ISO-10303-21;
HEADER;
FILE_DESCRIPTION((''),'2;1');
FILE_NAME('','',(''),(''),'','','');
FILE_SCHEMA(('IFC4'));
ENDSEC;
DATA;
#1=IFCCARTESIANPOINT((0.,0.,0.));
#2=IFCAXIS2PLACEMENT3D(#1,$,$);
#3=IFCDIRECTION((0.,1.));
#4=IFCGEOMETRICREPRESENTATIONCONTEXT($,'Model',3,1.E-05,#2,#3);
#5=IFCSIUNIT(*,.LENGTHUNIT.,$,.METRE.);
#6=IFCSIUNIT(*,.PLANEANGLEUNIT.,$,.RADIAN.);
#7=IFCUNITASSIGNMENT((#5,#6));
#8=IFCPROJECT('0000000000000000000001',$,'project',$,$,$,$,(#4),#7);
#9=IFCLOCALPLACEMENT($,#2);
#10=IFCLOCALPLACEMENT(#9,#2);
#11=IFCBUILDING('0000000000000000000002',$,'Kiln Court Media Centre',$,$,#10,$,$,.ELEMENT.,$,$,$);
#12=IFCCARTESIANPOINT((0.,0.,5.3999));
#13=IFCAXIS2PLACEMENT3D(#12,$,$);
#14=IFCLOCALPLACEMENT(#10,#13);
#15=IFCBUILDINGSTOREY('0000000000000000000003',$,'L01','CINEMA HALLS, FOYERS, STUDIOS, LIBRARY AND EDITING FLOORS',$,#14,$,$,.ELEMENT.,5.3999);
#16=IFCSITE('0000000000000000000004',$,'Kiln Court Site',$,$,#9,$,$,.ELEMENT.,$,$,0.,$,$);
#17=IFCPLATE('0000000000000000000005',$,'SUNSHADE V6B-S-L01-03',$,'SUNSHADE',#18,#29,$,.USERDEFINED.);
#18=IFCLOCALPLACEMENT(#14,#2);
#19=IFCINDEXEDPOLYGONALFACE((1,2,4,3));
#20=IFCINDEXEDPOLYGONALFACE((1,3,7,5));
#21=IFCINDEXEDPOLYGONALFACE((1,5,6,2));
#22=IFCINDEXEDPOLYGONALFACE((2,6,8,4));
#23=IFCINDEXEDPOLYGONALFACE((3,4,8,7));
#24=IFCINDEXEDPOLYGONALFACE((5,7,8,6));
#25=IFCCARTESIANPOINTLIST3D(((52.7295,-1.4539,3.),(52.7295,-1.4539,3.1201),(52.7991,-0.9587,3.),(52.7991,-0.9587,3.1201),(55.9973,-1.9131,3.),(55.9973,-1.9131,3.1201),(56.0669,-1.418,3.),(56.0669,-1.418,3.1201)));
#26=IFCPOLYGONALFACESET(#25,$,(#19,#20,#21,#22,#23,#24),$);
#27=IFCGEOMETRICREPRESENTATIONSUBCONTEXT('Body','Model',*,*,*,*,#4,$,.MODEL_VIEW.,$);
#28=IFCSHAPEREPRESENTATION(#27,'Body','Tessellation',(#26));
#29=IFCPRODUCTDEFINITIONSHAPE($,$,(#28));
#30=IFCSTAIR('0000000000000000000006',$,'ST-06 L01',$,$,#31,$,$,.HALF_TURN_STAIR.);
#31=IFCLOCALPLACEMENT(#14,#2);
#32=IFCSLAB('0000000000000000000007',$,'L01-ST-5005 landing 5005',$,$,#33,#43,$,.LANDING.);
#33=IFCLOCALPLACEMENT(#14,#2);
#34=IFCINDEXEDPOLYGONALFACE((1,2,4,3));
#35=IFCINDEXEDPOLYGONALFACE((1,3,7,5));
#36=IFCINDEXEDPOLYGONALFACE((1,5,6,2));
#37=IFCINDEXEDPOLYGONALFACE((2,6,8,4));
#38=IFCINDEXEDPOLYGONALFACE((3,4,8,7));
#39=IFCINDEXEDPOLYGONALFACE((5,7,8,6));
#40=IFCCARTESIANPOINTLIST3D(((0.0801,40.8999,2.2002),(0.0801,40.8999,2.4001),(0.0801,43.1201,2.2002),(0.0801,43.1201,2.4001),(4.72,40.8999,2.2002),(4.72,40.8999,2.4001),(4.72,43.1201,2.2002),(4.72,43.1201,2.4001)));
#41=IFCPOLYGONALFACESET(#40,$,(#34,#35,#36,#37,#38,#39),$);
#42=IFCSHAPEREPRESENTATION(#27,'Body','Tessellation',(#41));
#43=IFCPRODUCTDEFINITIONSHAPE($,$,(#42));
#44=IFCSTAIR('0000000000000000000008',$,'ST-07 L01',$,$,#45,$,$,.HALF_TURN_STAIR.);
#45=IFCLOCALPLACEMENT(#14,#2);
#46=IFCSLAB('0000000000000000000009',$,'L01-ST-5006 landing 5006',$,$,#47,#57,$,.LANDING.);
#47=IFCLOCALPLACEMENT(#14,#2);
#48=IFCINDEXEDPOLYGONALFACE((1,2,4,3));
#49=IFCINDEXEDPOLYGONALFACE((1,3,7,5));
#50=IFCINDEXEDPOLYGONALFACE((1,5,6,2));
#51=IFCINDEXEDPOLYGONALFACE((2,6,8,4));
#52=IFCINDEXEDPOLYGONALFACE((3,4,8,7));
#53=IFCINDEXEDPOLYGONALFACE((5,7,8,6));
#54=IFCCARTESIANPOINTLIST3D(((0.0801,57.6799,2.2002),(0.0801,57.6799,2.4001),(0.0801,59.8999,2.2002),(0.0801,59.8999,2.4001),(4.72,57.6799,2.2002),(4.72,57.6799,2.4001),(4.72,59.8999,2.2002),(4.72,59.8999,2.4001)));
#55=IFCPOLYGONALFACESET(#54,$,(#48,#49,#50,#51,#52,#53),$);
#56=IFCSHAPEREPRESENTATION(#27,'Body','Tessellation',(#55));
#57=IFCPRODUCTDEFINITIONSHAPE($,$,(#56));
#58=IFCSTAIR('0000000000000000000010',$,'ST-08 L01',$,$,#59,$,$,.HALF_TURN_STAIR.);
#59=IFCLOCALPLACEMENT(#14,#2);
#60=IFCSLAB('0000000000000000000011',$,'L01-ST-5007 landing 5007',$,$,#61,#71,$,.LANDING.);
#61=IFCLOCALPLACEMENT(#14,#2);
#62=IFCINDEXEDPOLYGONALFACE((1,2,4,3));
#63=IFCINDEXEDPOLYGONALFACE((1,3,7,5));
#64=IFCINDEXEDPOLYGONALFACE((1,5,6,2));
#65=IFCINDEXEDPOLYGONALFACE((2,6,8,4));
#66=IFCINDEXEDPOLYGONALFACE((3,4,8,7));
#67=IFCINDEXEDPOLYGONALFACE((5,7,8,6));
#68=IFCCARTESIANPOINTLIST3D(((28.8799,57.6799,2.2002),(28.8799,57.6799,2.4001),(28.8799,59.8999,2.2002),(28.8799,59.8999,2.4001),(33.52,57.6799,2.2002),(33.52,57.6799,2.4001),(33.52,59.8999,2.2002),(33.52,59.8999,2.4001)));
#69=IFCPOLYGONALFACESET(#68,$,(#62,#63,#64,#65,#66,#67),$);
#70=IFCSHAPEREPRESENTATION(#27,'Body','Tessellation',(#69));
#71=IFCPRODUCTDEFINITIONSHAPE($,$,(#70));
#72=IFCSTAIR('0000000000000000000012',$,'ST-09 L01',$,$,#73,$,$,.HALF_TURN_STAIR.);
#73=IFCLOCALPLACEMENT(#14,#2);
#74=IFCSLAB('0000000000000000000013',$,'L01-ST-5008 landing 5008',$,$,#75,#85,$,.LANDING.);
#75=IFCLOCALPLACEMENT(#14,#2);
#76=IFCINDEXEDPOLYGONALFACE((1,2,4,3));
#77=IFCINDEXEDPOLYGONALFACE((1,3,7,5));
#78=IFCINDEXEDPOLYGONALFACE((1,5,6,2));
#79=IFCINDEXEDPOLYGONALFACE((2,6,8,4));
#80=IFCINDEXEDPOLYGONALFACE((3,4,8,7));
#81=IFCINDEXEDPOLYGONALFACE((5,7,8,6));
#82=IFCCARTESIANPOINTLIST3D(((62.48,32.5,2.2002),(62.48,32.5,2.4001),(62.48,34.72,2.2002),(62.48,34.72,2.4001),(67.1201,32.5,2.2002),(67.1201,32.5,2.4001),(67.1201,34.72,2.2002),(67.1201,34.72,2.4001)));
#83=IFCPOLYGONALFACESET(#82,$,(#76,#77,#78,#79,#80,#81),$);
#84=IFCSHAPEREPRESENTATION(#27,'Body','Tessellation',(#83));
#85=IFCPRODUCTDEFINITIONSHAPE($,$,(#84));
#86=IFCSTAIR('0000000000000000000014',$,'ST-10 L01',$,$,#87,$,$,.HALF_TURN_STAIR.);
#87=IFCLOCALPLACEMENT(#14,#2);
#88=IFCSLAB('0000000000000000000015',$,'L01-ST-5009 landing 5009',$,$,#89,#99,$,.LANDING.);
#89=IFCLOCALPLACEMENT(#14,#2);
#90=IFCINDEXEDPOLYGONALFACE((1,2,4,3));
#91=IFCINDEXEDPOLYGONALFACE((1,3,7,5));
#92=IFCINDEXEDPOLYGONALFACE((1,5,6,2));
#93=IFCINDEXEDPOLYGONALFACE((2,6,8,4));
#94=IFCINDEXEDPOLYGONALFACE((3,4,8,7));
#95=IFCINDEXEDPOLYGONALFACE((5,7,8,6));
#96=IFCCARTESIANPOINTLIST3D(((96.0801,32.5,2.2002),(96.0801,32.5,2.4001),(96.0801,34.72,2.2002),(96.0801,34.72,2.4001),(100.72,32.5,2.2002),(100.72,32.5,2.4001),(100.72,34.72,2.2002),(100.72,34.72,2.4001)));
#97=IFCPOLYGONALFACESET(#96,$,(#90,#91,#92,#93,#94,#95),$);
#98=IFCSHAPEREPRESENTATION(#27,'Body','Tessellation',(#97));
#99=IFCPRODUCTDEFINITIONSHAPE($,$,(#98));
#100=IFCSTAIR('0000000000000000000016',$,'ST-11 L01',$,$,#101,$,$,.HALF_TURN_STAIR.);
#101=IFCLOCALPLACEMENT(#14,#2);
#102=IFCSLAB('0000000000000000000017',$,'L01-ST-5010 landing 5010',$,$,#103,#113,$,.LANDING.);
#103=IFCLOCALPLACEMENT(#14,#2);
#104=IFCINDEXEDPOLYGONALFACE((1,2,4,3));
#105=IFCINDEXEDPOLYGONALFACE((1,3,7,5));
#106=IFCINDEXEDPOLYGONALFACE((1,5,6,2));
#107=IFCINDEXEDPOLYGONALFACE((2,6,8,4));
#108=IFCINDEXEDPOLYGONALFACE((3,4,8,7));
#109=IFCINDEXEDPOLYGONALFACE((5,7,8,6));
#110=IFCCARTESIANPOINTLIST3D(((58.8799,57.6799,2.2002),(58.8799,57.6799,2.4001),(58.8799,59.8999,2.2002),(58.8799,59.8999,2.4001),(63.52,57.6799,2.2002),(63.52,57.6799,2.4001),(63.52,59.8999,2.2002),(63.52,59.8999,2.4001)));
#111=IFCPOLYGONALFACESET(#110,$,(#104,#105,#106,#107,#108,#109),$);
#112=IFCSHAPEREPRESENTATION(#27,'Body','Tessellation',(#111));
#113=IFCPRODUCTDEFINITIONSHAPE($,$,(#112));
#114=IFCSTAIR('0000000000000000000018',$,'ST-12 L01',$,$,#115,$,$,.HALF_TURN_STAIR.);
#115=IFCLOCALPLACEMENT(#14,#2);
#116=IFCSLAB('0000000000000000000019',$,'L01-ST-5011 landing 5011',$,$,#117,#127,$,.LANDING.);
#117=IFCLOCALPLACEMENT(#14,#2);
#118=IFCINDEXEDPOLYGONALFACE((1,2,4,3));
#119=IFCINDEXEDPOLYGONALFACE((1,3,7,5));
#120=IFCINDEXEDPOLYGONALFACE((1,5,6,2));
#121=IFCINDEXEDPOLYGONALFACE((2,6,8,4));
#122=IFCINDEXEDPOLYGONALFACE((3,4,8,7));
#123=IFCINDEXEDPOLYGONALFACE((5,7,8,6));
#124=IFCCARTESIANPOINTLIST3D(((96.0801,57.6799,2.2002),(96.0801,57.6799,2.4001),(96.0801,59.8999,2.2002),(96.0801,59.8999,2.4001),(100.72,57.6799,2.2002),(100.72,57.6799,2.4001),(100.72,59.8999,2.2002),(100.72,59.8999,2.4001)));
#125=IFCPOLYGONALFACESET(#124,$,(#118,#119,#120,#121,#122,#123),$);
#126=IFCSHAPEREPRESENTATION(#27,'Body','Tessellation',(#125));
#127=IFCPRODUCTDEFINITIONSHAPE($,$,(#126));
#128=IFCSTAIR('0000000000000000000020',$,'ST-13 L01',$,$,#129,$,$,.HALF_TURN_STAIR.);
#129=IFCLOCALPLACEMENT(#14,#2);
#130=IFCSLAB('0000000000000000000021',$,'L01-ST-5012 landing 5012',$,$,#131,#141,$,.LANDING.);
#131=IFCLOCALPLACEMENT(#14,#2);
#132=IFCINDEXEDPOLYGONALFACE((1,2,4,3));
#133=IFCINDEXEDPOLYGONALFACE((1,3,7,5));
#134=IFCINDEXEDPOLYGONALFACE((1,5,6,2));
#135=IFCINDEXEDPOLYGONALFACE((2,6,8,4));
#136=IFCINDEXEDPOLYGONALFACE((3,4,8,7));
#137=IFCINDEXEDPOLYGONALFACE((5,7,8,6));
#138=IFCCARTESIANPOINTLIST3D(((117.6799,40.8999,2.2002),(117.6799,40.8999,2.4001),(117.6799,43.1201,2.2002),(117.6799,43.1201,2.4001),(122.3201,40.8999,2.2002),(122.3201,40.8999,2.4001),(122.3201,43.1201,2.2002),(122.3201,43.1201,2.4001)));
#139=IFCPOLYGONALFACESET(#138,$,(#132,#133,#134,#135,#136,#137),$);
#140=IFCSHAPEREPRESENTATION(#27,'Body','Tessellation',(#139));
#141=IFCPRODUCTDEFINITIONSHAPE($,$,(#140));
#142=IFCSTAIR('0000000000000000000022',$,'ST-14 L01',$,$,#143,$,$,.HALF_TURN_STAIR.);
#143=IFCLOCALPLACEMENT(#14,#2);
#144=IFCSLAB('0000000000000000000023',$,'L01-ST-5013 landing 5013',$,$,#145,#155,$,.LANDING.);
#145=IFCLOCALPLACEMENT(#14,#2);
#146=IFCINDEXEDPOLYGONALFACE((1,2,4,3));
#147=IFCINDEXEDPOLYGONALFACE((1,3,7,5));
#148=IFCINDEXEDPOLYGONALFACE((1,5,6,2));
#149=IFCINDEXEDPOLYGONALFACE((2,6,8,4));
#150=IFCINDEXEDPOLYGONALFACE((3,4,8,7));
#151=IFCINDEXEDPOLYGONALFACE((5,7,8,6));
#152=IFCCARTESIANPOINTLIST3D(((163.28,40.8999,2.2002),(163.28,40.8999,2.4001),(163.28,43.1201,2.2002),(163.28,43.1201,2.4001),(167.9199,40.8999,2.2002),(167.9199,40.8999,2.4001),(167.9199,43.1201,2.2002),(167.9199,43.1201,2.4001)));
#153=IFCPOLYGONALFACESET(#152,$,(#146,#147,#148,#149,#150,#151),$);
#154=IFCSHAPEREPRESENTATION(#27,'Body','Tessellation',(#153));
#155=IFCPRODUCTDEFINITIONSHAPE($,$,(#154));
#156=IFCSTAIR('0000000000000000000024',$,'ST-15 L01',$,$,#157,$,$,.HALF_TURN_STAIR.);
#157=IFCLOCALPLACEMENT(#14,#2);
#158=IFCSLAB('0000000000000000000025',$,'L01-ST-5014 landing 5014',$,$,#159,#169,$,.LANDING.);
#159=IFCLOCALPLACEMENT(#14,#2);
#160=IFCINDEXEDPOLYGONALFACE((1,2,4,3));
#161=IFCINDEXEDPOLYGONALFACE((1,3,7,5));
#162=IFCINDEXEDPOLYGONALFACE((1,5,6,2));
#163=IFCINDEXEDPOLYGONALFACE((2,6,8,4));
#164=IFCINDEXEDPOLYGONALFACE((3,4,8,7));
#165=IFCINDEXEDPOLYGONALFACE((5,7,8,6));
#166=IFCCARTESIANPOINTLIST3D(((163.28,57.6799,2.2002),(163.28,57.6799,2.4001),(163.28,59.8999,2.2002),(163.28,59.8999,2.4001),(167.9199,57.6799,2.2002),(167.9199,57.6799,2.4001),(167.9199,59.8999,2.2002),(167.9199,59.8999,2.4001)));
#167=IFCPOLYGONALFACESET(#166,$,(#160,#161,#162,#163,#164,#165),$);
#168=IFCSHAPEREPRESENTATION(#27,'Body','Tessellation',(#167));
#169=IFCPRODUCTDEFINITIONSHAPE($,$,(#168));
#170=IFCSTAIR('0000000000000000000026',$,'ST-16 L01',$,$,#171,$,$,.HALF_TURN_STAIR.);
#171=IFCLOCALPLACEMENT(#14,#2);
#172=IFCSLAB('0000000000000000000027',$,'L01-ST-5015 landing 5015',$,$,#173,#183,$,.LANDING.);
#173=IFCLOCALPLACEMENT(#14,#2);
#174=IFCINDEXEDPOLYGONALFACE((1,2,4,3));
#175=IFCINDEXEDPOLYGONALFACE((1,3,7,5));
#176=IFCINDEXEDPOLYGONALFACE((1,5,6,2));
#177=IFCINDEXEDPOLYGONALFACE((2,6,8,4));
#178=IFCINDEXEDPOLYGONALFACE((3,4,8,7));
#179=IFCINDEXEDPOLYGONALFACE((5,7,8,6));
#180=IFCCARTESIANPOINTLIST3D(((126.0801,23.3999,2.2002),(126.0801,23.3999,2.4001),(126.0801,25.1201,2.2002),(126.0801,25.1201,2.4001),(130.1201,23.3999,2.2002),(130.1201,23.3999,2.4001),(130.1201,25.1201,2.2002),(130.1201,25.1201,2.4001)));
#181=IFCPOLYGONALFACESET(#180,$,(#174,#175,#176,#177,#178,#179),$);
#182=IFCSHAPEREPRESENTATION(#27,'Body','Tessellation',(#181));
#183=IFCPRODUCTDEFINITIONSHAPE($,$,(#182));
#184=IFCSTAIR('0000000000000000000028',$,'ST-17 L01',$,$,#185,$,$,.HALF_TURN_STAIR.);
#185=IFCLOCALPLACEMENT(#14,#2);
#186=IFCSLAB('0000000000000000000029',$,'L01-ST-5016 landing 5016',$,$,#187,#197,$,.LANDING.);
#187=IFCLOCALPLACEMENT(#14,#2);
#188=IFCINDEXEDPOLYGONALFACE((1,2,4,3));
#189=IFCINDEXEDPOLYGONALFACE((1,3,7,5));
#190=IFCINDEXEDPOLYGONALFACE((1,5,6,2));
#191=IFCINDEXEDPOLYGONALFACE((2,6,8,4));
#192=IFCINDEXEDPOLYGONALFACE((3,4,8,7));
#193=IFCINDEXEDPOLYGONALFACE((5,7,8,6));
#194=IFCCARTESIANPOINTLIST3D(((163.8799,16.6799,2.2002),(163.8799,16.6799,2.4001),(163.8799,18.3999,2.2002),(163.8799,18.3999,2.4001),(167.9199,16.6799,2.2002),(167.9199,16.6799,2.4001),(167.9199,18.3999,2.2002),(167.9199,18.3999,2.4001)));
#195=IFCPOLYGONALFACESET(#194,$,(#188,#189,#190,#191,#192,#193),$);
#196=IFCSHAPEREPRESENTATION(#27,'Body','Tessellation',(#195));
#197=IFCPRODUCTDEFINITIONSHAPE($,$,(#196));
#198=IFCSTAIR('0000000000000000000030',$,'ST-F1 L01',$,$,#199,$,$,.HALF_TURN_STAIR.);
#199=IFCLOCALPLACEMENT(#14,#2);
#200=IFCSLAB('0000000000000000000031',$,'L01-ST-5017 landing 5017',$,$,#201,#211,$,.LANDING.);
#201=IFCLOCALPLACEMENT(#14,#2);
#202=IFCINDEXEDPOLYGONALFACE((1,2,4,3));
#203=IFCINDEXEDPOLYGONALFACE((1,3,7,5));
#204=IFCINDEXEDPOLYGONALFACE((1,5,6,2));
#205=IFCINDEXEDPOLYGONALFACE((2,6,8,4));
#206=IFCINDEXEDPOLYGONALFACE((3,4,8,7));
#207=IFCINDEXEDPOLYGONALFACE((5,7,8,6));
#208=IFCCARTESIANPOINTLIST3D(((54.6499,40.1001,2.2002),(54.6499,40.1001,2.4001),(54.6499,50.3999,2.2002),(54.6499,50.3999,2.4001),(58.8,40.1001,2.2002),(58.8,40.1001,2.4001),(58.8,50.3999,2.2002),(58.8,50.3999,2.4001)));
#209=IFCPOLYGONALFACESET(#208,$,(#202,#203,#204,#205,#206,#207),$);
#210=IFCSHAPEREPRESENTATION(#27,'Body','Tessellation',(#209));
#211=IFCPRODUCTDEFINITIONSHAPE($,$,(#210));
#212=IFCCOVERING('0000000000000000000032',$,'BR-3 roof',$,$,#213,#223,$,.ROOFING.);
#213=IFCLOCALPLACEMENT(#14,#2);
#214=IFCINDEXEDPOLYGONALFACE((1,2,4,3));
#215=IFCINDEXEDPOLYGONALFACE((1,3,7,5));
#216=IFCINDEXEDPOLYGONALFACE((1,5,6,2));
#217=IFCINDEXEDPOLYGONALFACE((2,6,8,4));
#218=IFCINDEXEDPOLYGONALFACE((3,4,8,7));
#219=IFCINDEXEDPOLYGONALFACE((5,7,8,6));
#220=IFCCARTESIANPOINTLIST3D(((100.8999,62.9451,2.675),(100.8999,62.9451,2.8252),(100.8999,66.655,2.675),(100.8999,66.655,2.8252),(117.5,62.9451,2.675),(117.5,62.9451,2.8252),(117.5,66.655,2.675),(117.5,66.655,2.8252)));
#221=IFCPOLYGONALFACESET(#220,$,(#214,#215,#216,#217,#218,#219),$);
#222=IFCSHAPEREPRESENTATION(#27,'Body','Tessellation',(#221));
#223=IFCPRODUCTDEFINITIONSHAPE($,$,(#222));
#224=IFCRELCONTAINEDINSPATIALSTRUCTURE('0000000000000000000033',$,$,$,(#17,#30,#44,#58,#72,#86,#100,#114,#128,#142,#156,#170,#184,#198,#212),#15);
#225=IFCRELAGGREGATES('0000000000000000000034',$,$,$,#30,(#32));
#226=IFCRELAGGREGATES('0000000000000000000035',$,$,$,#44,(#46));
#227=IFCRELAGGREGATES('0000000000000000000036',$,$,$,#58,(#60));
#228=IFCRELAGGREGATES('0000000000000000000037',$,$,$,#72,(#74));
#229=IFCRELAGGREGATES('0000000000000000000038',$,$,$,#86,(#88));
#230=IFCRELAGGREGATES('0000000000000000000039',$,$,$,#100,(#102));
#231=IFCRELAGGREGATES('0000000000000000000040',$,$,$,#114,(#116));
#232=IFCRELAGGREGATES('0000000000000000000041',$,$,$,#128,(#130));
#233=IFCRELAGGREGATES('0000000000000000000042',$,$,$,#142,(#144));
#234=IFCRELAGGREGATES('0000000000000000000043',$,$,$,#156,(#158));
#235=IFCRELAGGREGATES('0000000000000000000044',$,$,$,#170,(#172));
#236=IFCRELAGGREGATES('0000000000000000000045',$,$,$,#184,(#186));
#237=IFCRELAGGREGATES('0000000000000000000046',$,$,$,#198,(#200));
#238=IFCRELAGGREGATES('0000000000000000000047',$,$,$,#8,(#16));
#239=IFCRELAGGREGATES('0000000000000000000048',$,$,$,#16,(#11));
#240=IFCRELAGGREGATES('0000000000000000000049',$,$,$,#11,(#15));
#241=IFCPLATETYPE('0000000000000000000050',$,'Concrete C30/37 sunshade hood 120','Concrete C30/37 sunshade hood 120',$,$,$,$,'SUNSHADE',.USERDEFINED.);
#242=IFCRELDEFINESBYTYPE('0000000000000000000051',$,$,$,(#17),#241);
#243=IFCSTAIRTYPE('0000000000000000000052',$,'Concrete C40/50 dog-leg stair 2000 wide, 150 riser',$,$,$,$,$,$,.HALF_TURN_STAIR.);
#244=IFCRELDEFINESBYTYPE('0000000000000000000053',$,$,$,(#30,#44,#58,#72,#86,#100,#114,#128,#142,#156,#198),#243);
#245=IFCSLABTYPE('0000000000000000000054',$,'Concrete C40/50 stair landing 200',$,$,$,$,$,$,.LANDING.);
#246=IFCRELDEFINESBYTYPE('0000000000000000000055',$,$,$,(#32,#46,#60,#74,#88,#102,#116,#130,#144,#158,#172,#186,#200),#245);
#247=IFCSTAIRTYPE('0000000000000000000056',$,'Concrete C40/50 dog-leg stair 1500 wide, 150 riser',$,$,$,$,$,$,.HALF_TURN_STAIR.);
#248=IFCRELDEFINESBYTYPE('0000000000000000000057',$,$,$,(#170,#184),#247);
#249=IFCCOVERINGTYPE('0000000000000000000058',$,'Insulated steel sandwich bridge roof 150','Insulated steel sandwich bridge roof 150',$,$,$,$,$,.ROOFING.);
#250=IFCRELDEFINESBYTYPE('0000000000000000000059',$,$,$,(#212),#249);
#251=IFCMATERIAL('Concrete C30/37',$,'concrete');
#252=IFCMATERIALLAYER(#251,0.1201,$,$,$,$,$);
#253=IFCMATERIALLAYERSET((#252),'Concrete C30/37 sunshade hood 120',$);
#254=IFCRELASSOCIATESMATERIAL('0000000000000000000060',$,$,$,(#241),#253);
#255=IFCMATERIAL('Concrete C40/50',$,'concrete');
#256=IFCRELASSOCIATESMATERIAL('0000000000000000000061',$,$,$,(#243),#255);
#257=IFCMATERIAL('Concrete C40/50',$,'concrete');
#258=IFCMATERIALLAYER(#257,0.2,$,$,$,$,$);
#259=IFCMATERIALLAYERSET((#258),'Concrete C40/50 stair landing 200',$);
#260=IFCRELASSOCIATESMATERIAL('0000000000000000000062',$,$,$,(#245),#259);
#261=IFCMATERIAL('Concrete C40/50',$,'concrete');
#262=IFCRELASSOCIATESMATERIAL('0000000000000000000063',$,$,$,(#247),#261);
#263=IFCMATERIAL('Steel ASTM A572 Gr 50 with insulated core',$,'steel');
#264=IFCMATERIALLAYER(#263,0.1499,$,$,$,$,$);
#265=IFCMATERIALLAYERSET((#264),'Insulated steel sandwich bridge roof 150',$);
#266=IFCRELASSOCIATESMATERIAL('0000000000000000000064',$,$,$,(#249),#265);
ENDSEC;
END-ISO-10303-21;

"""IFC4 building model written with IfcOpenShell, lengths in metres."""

from ifc_helpers import new_model, si_unit, direction, frame, origin, place, context, subcontext, project, spatial, polyline, outline, extrude, material, layer, layer_set, type_object, element, aggregate, save


model = new_model("IFC4")

# Units and contexts
model_context = context("Model", 3, precision=1e-05, world=origin(), true_north=direction((0.0, 1.0)))
body_context = subcontext(model_context, "Body", "Model", "MODEL_VIEW")
ifc_project = project(units=[si_unit("LENGTHUNIT", "METRE"), si_unit("PLANEANGLEUNIT", "RADIAN")], contexts=[model_context])

# Site, building, storey
site_placement = place(None, origin())
site = spatial("IfcSite", under=ifc_project, at=site_placement, Name="Kiln Court Site", CompositionType="ELEMENT", RefElevation=0.0)
building_placement = place(site_placement, origin())
building = spatial("IfcBuilding", under=site, at=building_placement, Name="Kiln Court Media Centre", CompositionType="ELEMENT")
storey_placement = place(building_placement, frame((0.0, 0.0, 5.3999)))
storey = spatial("IfcBuildingStorey", under=building, at=storey_placement, Name="L01", Description="CINEMA HALLS, FOYERS, STUDIOS, LIBRARY AND EDITING FLOORS", CompositionType="ELEMENT", Elevation=5.3999)

# Plate
ifc_material_1 = material(Name="Concrete C30/37", Category="concrete")
ifc_layer_1 = layer(ifc_material_1, 0.1201)
ifc_layer_set_1 = layer_set([ifc_layer_1], Name="Concrete C30/37 sunshade hood 120")
plate_type = type_object("IfcPlateType", Name="Concrete C30/37 sunshade hood 120", Description="Concrete C30/37 sunshade hood 120", ElementType="SUNSHADE", PredefinedType="USERDEFINED", material=ifc_layer_set_1)
plate_1_placement = place(storey_placement, frame((0.0, 0.0, 3.0)))
element("IfcPlate", 1, at=plate_1_placement, inside=storey, type_object=plate_type, Name="SUNSHADE V6B-S-L01-03", ObjectType="SUNSHADE", PredefinedType="USERDEFINED", context=body_context, shape_type="SweptSolid", body=[
    extrude(outline(polyline([(52.7991, -0.9587), (56.0669, -1.418), (55.9973, -1.9131), (52.7295, -1.4539), (52.7991, -0.9587)])), origin(), (0.0, 0.0, 1.0), 0.1201),
])

# Stairs, slabs
ifc_material_2 = material(Name="Concrete C40/50", Category="concrete")
stair_type_1 = type_object("IfcStairType", Name="Concrete C40/50 dog-leg stair 2000 wide, 150 riser", PredefinedType="HALF_TURN_STAIR", material=ifc_material_2)
stair_1_placement = place(storey_placement, origin())
stair_1 = element("IfcStair", 2, at=stair_1_placement, inside=storey, type_object=stair_type_1, Name="ST-06 L01", PredefinedType="HALF_TURN_STAIR")
ifc_material_3 = material(Name="Concrete C40/50", Category="concrete")
ifc_layer_2 = layer(ifc_material_3, 0.2)
ifc_layer_set_2 = layer_set([ifc_layer_2], Name="Concrete C40/50 stair landing 200")
slab_type_1 = type_object("IfcSlabType", Name="Concrete C40/50 stair landing 200", PredefinedType="LANDING", material=ifc_layer_set_2)
slab_1_placement = place(storey_placement, frame((0.0, 0.0, 2.2002)))
slab_1 = element("IfcSlab", 3, at=slab_1_placement, type_object=slab_type_1, Name="L01-ST-5005 landing 5005", PredefinedType="LANDING", context=body_context, shape_type="SweptSolid", body=[
    extrude(outline(polyline([(4.72, 40.8999), (4.72, 43.1201), (0.0801, 43.1201), (0.0801, 40.8999), (4.72, 40.8999)])), origin(), (0.0, 0.0, 1.0), 0.2),
])
aggregate(stair_1, [slab_1])
stair_2_placement = place(storey_placement, origin())
stair_2 = element("IfcStair", 4, at=stair_2_placement, inside=storey, type_object=stair_type_1, Name="ST-07 L01", PredefinedType="HALF_TURN_STAIR")
slab_2_placement = place(storey_placement, frame((0.0, 0.0, 2.2002)))
slab_2 = element("IfcSlab", 5, at=slab_2_placement, type_object=slab_type_1, Name="L01-ST-5006 landing 5006", PredefinedType="LANDING", context=body_context, shape_type="SweptSolid", body=[
    extrude(outline(polyline([(0.0801, 59.8999), (0.0801, 57.6799), (4.72, 57.6799), (4.72, 59.8999), (0.0801, 59.8999)])), origin(), (0.0, 0.0, 1.0), 0.2),
])
aggregate(stair_2, [slab_2])
stair_3_placement = place(storey_placement, origin())
stair_3 = element("IfcStair", 6, at=stair_3_placement, inside=storey, type_object=stair_type_1, Name="ST-08 L01", PredefinedType="HALF_TURN_STAIR")
slab_3_placement = place(storey_placement, frame((0.0, 0.0, 2.2002)))
slab_3 = element("IfcSlab", 7, at=slab_3_placement, type_object=slab_type_1, Name="L01-ST-5007 landing 5007", PredefinedType="LANDING", context=body_context, shape_type="SweptSolid", body=[
    extrude(outline(polyline([(28.8799, 59.8999), (28.8799, 57.6799), (33.52, 57.6799), (33.52, 59.8999), (28.8799, 59.8999)])), origin(), (0.0, 0.0, 1.0), 0.2),
])
aggregate(stair_3, [slab_3])
stair_4_placement = place(storey_placement, origin())
stair_4 = element("IfcStair", 8, at=stair_4_placement, inside=storey, type_object=stair_type_1, Name="ST-09 L01", PredefinedType="HALF_TURN_STAIR")
slab_4_placement = place(storey_placement, frame((0.0, 0.0, 2.2002)))
slab_4 = element("IfcSlab", 9, at=slab_4_placement, type_object=slab_type_1, Name="L01-ST-5008 landing 5008", PredefinedType="LANDING", context=body_context, shape_type="SweptSolid", body=[
    extrude(outline(polyline([(67.1201, 32.5), (67.1201, 34.72), (62.48, 34.72), (62.48, 32.5), (67.1201, 32.5)])), origin(), (0.0, 0.0, 1.0), 0.2),
])
aggregate(stair_4, [slab_4])
stair_5_placement = place(storey_placement, origin())
stair_5 = element("IfcStair", 10, at=stair_5_placement, inside=storey, type_object=stair_type_1, Name="ST-10 L01", PredefinedType="HALF_TURN_STAIR")
slab_5_placement = place(storey_placement, frame((0.0, 0.0, 2.2002)))
slab_5 = element("IfcSlab", 11, at=slab_5_placement, type_object=slab_type_1, Name="L01-ST-5009 landing 5009", PredefinedType="LANDING", context=body_context, shape_type="SweptSolid", body=[
    extrude(outline(polyline([(100.72, 32.5), (100.72, 34.72), (96.0801, 34.72), (96.0801, 32.5), (100.72, 32.5)])), origin(), (0.0, 0.0, 1.0), 0.2),
])
aggregate(stair_5, [slab_5])
stair_6_placement = place(storey_placement, origin())
stair_6 = element("IfcStair", 12, at=stair_6_placement, inside=storey, type_object=stair_type_1, Name="ST-11 L01", PredefinedType="HALF_TURN_STAIR")
slab_6_placement = place(storey_placement, frame((0.0, 0.0, 2.2002)))
slab_6 = element("IfcSlab", 13, at=slab_6_placement, type_object=slab_type_1, Name="L01-ST-5010 landing 5010", PredefinedType="LANDING", context=body_context, shape_type="SweptSolid", body=[
    extrude(outline(polyline([(58.8799, 59.8999), (58.8799, 57.6799), (63.52, 57.6799), (63.52, 59.8999), (58.8799, 59.8999)])), origin(), (0.0, 0.0, 1.0), 0.2),
])
aggregate(stair_6, [slab_6])
stair_7_placement = place(storey_placement, origin())
stair_7 = element("IfcStair", 14, at=stair_7_placement, inside=storey, type_object=stair_type_1, Name="ST-12 L01", PredefinedType="HALF_TURN_STAIR")
slab_7_placement = place(storey_placement, frame((0.0, 0.0, 2.2002)))
slab_7 = element("IfcSlab", 15, at=slab_7_placement, type_object=slab_type_1, Name="L01-ST-5011 landing 5011", PredefinedType="LANDING", context=body_context, shape_type="SweptSolid", body=[
    extrude(outline(polyline([(96.0801, 59.8999), (96.0801, 57.6799), (100.72, 57.6799), (100.72, 59.8999), (96.0801, 59.8999)])), origin(), (0.0, 0.0, 1.0), 0.2),
])
aggregate(stair_7, [slab_7])
stair_8_placement = place(storey_placement, origin())
stair_8 = element("IfcStair", 16, at=stair_8_placement, inside=storey, type_object=stair_type_1, Name="ST-13 L01", PredefinedType="HALF_TURN_STAIR")
slab_8_placement = place(storey_placement, frame((0.0, 0.0, 2.2002)))
slab_8 = element("IfcSlab", 17, at=slab_8_placement, type_object=slab_type_1, Name="L01-ST-5012 landing 5012", PredefinedType="LANDING", context=body_context, shape_type="SweptSolid", body=[
    extrude(outline(polyline([(122.3201, 40.8999), (122.3201, 43.1201), (117.6799, 43.1201), (117.6799, 40.8999), (122.3201, 40.8999)])), origin(), (0.0, 0.0, 1.0), 0.2),
])
aggregate(stair_8, [slab_8])
stair_9_placement = place(storey_placement, origin())
stair_9 = element("IfcStair", 18, at=stair_9_placement, inside=storey, type_object=stair_type_1, Name="ST-14 L01", PredefinedType="HALF_TURN_STAIR")
slab_9_placement = place(storey_placement, frame((0.0, 0.0, 2.2002)))
slab_9 = element("IfcSlab", 19, at=slab_9_placement, type_object=slab_type_1, Name="L01-ST-5013 landing 5013", PredefinedType="LANDING", context=body_context, shape_type="SweptSolid", body=[
    extrude(outline(polyline([(167.9199, 40.8999), (167.9199, 43.1201), (163.28, 43.1201), (163.28, 40.8999), (167.9199, 40.8999)])), origin(), (0.0, 0.0, 1.0), 0.2),
])
aggregate(stair_9, [slab_9])
stair_10_placement = place(storey_placement, origin())
stair_10 = element("IfcStair", 20, at=stair_10_placement, inside=storey, type_object=stair_type_1, Name="ST-15 L01", PredefinedType="HALF_TURN_STAIR")
slab_10_placement = place(storey_placement, frame((0.0, 0.0, 2.2002)))
slab_10 = element("IfcSlab", 21, at=slab_10_placement, type_object=slab_type_1, Name="L01-ST-5014 landing 5014", PredefinedType="LANDING", context=body_context, shape_type="SweptSolid", body=[
    extrude(outline(polyline([(163.28, 59.8999), (163.28, 57.6799), (167.9199, 57.6799), (167.9199, 59.8999), (163.28, 59.8999)])), origin(), (0.0, 0.0, 1.0), 0.2),
])
aggregate(stair_10, [slab_10])
ifc_material_4 = material(Name="Concrete C40/50", Category="concrete")
stair_type_2 = type_object("IfcStairType", Name="Concrete C40/50 dog-leg stair 1500 wide, 150 riser", PredefinedType="HALF_TURN_STAIR", material=ifc_material_4)
stair_11_placement = place(storey_placement, origin())
stair_11 = element("IfcStair", 22, at=stair_11_placement, inside=storey, type_object=stair_type_2, Name="ST-16 L01", PredefinedType="HALF_TURN_STAIR")
slab_11_placement = place(storey_placement, frame((0.0, 0.0, 2.2002)))
slab_11 = element("IfcSlab", 23, at=slab_11_placement, type_object=slab_type_1, Name="L01-ST-5015 landing 5015", PredefinedType="LANDING", context=body_context, shape_type="SweptSolid", body=[
    extrude(outline(polyline([(130.1201, 23.3999), (130.1201, 25.1201), (126.0801, 25.1201), (126.0801, 23.3999), (130.1201, 23.3999)])), origin(), (0.0, 0.0, 1.0), 0.2),
])
aggregate(stair_11, [slab_11])
stair_12_placement = place(storey_placement, origin())
stair_12 = element("IfcStair", 24, at=stair_12_placement, inside=storey, type_object=stair_type_2, Name="ST-17 L01", PredefinedType="HALF_TURN_STAIR")
slab_12_placement = place(storey_placement, frame((0.0, 0.0, 2.2002)))
slab_12 = element("IfcSlab", 25, at=slab_12_placement, type_object=slab_type_1, Name="L01-ST-5016 landing 5016", PredefinedType="LANDING", context=body_context, shape_type="SweptSolid", body=[
    extrude(outline(polyline([(163.8799, 18.3999), (163.8799, 16.6799), (167.9199, 16.6799), (167.9199, 18.3999), (163.8799, 18.3999)])), origin(), (0.0, 0.0, 1.0), 0.2),
])
aggregate(stair_12, [slab_12])
stair_13_placement = place(storey_placement, origin())
stair_13 = element("IfcStair", 26, at=stair_13_placement, inside=storey, type_object=stair_type_1, Name="ST-F1 L01", PredefinedType="HALF_TURN_STAIR")
slab_13_placement = place(storey_placement, frame((0.0, 0.0, 2.2002)))
slab_13 = element("IfcSlab", 27, at=slab_13_placement, type_object=slab_type_1, Name="L01-ST-5017 landing 5017", PredefinedType="LANDING", context=body_context, shape_type="SweptSolid", body=[
    extrude(outline(polyline([(58.8, 40.1001), (58.8, 50.3999), (54.6499, 50.3999), (54.6499, 40.1001), (58.8, 40.1001)])), origin(), (0.0, 0.0, 1.0), 0.2),
])
aggregate(stair_13, [slab_13])

# Covering
ifc_material_5 = material(Name="Steel ASTM A572 Gr 50 with insulated core", Category="steel")
ifc_layer_3 = layer(ifc_material_5, 0.1499)
ifc_layer_set_3 = layer_set([ifc_layer_3], Name="Insulated steel sandwich bridge roof 150")
covering_type = type_object("IfcCoveringType", Name="Insulated steel sandwich bridge roof 150", Description="Insulated steel sandwich bridge roof 150", PredefinedType="ROOFING", material=ifc_layer_set_3)
covering_placement = place(storey_placement, frame((0.0, 0.0, 2.675)))
element("IfcCovering", 28, at=covering_placement, inside=storey, type_object=covering_type, Name="BR-3 roof", PredefinedType="ROOFING", context=body_context, shape_type="SweptSolid", body=[
    extrude(outline(polyline([(100.8999, 62.9451), (117.5, 62.9451), (117.5, 66.655), (100.8999, 66.655), (100.8999, 62.9451)])), origin(), (0.0, 0.0, 1.0), 0.1501),
])

save(model, "model.ifc")
